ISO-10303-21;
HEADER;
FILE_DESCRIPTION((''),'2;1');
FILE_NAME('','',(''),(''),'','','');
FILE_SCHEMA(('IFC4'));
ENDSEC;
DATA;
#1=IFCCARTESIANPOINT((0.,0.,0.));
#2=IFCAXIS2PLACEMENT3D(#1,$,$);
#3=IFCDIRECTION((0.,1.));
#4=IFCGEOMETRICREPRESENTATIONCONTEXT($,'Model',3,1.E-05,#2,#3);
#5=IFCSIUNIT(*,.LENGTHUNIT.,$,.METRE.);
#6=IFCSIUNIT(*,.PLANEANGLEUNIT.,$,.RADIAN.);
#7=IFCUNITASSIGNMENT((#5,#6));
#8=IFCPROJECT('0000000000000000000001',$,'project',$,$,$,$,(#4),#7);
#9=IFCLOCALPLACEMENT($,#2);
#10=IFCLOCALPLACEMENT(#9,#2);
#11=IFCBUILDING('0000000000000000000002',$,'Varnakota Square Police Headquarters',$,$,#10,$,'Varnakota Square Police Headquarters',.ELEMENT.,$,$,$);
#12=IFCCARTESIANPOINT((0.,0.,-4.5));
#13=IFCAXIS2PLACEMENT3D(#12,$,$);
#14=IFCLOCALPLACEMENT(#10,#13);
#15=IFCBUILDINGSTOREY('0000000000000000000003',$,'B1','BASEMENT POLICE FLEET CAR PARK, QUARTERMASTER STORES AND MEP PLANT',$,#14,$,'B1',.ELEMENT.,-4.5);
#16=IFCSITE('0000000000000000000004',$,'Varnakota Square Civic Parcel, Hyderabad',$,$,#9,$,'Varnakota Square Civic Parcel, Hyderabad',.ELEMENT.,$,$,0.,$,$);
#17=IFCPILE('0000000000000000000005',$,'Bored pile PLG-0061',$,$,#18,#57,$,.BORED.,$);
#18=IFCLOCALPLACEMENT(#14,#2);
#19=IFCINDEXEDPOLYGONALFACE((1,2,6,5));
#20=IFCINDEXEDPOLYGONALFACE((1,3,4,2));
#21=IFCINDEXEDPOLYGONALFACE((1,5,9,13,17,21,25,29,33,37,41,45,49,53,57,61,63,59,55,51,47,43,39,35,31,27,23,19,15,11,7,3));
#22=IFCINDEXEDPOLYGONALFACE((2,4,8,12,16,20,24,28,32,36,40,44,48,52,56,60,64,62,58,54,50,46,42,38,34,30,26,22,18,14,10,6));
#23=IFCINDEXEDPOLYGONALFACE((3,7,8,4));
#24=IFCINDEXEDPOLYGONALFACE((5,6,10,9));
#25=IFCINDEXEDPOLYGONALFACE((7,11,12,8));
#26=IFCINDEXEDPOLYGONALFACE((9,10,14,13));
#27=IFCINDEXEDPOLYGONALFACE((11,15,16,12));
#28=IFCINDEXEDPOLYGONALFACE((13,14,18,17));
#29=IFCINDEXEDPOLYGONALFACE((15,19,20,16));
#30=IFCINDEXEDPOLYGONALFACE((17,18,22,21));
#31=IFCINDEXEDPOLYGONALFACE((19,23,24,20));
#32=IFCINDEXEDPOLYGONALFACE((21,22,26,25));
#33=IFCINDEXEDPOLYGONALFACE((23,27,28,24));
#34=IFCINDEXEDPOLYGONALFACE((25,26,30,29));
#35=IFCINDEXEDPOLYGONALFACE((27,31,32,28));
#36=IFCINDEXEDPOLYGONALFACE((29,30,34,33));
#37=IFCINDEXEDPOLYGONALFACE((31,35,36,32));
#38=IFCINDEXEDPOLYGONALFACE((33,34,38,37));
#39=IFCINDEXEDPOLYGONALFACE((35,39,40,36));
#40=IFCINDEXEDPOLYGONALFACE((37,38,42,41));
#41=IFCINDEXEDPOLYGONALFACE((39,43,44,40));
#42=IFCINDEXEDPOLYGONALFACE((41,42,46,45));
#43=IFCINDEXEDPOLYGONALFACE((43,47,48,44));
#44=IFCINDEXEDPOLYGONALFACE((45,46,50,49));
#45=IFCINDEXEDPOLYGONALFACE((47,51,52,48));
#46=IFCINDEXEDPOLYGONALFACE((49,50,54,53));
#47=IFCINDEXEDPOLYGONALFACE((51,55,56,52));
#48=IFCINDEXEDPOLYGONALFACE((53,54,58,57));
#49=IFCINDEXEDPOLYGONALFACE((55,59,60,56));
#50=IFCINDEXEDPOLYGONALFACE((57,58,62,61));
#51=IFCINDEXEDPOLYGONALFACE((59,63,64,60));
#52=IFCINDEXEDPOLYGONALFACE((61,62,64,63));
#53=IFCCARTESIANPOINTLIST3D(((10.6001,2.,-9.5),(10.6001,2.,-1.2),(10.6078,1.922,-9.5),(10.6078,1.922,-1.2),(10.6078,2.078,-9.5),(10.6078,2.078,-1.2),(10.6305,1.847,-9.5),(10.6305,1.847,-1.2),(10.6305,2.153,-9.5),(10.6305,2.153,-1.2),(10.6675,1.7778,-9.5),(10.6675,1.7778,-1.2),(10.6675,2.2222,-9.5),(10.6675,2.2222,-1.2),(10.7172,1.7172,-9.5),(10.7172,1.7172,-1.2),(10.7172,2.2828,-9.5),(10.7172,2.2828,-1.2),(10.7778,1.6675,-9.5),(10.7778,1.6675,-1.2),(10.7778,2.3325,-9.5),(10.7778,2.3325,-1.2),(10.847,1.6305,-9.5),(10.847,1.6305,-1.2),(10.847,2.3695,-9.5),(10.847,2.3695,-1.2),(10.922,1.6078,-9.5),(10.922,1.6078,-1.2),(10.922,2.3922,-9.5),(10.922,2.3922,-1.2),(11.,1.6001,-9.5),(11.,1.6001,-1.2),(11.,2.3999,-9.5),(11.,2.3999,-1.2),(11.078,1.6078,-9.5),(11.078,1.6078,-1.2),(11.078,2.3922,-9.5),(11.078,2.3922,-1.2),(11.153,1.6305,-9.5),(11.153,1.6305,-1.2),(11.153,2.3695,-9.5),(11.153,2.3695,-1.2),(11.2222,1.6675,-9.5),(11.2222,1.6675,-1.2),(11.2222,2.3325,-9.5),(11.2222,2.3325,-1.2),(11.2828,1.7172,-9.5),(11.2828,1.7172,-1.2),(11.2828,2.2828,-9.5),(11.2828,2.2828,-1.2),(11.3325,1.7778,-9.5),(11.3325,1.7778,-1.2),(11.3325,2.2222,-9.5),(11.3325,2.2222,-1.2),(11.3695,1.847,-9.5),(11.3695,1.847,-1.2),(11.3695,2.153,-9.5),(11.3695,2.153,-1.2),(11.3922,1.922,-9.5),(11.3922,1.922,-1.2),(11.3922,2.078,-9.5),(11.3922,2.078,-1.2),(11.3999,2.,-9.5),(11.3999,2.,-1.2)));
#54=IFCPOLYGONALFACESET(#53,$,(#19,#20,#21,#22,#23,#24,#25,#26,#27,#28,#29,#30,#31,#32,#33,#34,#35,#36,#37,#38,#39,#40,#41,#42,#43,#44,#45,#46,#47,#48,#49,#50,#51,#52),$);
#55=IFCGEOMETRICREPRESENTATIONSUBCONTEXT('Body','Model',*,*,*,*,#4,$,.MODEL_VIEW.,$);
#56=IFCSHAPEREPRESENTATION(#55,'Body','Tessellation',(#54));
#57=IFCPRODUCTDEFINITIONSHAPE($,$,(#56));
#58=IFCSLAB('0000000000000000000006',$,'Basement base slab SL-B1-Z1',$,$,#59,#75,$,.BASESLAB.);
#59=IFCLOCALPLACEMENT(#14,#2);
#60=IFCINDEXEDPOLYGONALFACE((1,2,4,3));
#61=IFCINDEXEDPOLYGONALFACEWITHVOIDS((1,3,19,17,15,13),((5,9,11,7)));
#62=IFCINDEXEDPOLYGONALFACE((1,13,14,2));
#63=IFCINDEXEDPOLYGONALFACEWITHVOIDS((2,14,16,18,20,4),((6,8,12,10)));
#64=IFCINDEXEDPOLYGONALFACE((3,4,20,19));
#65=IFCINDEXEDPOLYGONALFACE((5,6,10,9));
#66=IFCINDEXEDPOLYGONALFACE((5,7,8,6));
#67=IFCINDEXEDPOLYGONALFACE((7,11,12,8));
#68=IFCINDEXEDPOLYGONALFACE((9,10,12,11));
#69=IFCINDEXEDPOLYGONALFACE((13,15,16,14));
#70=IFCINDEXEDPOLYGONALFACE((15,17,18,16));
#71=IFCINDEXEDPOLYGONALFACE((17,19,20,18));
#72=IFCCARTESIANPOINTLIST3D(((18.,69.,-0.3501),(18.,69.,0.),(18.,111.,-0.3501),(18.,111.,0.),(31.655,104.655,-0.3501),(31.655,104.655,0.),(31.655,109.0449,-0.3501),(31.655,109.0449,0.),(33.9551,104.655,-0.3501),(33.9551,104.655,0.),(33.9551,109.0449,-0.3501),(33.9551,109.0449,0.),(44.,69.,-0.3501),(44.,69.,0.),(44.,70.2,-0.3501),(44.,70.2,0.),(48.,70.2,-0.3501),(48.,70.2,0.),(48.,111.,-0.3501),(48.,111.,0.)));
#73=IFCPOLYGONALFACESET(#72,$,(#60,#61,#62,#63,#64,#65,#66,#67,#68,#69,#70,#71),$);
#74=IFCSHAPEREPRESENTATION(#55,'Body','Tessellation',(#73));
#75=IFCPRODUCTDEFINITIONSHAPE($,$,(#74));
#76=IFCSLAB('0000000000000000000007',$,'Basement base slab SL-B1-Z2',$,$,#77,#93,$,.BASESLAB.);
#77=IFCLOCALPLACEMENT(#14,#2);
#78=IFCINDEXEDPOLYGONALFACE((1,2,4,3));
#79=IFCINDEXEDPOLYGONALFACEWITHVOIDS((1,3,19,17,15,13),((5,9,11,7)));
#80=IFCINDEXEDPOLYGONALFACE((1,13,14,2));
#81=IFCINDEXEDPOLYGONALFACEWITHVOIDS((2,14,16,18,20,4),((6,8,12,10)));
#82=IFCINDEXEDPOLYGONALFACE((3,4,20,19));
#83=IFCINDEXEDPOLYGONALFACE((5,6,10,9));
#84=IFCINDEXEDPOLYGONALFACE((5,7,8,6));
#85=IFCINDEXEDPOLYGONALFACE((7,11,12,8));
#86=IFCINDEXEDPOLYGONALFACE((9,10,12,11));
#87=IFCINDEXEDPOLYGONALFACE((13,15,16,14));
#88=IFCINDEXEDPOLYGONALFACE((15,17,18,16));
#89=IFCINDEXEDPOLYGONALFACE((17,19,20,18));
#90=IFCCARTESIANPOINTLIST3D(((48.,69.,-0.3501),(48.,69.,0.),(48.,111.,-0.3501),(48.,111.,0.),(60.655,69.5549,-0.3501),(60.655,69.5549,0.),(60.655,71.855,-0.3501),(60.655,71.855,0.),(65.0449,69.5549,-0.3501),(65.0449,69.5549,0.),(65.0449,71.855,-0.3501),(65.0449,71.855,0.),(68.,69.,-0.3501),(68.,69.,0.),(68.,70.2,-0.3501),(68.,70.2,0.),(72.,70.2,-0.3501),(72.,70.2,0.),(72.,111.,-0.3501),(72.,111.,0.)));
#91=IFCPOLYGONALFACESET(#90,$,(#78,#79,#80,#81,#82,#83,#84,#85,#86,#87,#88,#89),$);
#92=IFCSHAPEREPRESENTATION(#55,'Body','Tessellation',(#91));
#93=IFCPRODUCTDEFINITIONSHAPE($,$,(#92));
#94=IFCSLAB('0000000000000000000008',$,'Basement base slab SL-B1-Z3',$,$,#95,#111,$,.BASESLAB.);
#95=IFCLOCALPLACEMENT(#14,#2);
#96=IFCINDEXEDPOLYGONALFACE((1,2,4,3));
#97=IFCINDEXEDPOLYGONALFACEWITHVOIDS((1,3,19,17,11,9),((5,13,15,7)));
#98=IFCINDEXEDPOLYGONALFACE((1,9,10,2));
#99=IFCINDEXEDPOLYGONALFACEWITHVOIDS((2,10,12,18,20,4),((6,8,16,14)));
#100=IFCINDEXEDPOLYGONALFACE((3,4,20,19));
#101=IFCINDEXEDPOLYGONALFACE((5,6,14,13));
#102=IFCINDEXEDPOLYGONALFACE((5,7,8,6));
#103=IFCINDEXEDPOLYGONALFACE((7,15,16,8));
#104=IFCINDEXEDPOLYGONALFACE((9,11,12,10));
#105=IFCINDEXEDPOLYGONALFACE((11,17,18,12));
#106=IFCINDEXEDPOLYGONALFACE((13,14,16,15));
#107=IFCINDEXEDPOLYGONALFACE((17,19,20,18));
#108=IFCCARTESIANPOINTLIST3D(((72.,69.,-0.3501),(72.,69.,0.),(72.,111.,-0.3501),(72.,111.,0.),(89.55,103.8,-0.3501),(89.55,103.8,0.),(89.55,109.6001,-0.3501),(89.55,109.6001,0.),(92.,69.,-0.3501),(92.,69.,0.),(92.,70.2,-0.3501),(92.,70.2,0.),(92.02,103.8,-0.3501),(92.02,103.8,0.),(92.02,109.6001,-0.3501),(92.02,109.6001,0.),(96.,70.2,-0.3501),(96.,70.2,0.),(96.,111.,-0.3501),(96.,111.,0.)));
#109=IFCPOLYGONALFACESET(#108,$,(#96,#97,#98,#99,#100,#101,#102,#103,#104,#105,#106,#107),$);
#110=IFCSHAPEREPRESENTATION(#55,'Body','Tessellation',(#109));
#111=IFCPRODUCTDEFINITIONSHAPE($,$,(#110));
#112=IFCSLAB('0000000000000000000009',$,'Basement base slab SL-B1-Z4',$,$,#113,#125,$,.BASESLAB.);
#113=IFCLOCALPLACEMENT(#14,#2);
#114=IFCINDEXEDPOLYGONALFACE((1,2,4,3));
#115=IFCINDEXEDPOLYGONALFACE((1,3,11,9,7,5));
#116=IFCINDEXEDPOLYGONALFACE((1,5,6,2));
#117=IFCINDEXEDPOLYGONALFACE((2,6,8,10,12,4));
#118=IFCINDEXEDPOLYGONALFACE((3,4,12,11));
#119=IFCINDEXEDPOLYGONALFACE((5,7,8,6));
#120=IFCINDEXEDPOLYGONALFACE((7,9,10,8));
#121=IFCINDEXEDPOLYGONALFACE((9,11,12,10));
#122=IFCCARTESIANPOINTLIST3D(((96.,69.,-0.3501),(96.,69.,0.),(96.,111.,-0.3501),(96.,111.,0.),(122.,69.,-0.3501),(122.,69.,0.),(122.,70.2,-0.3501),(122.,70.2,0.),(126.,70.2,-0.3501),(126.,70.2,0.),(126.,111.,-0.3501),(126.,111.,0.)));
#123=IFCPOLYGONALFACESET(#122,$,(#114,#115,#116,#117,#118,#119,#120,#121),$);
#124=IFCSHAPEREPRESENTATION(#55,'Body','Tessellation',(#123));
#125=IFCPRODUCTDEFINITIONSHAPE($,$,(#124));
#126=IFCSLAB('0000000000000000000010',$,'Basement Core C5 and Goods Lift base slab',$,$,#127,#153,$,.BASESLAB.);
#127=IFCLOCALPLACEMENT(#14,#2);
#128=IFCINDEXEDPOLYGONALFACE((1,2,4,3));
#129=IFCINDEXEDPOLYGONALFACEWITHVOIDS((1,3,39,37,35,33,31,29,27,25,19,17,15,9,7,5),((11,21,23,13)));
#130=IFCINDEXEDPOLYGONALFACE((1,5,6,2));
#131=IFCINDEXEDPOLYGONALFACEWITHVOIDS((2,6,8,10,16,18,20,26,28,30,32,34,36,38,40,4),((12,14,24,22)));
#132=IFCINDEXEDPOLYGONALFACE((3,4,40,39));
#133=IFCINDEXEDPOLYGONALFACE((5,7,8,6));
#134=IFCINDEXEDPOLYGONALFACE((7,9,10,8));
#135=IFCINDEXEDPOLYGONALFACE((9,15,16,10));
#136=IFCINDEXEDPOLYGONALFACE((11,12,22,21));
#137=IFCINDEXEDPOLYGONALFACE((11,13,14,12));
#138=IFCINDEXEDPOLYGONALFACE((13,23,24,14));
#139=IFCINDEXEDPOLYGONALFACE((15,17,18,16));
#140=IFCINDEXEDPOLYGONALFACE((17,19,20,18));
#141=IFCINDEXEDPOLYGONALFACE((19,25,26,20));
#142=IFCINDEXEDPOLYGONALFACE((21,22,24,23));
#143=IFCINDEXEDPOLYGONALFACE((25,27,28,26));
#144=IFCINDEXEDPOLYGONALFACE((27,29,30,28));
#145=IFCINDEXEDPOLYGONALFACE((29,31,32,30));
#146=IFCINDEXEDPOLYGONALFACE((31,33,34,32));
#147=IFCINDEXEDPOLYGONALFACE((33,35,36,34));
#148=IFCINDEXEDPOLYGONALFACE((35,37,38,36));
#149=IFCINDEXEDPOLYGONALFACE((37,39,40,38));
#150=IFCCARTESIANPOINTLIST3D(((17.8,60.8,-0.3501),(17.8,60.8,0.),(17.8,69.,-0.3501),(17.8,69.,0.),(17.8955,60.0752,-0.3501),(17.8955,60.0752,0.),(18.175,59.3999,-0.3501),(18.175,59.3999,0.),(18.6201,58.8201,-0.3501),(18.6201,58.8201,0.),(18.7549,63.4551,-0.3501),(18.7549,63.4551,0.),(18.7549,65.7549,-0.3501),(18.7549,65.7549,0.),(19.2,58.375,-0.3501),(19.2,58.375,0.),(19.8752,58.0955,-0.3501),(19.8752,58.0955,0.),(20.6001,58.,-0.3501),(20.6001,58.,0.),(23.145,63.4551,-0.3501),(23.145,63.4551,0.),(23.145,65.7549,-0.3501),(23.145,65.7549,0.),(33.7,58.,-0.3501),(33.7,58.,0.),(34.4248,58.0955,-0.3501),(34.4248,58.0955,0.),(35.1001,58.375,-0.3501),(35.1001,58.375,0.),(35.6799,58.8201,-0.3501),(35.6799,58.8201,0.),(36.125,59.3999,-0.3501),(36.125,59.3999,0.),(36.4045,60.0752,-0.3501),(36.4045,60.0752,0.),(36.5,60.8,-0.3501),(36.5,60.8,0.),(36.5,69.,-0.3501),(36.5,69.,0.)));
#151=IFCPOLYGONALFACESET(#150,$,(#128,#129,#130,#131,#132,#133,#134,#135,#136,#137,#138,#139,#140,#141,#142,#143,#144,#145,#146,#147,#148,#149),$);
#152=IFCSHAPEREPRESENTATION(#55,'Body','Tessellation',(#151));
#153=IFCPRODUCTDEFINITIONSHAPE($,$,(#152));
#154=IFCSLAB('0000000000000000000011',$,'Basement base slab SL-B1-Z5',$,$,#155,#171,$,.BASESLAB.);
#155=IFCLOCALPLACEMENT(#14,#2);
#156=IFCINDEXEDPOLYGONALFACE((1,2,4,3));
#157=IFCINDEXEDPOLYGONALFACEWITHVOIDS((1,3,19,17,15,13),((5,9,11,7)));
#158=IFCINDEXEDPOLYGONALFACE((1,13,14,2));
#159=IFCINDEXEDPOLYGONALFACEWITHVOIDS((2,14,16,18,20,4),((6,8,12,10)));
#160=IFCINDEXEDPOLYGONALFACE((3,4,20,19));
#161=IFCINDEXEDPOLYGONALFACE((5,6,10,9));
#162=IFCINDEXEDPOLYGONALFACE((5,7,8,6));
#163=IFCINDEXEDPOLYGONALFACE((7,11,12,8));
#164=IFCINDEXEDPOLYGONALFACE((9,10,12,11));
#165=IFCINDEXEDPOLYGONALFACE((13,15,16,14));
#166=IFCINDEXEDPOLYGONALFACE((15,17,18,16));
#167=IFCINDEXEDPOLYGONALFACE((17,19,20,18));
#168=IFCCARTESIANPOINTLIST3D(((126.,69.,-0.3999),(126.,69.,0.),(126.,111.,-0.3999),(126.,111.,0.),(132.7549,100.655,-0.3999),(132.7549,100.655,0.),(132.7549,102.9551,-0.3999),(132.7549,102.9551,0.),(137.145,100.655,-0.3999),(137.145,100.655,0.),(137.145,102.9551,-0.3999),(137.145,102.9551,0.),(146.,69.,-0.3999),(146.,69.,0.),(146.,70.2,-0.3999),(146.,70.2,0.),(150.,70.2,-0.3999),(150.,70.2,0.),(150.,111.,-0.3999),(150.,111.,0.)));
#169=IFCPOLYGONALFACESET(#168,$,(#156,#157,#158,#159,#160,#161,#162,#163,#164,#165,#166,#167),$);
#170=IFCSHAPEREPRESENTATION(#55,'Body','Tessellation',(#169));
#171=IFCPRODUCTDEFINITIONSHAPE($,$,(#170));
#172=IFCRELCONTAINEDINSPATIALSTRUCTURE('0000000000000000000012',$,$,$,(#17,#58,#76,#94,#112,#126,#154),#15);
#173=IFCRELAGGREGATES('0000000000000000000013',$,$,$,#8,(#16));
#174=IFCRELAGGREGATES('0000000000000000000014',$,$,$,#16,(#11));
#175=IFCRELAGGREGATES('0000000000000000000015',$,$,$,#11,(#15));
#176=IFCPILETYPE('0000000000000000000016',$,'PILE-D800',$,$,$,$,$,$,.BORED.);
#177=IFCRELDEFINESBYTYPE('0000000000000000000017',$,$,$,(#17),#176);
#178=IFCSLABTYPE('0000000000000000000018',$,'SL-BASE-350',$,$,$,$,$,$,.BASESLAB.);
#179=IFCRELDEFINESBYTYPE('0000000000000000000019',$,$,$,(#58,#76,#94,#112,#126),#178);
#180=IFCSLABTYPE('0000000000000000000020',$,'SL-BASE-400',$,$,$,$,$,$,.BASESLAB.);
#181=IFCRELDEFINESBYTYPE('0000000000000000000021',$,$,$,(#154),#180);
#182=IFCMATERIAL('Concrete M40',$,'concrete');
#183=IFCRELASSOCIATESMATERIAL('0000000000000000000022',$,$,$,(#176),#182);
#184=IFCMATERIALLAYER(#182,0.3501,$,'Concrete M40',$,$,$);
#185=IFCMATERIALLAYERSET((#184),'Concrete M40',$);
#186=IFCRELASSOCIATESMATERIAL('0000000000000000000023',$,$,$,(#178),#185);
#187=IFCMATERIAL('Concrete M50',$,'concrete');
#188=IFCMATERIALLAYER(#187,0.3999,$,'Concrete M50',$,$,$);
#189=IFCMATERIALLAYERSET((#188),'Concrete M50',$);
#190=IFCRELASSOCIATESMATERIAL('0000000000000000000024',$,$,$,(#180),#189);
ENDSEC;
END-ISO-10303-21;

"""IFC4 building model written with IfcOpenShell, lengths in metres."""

from ifc_helpers import new_model, si_unit, direction, frame, origin, origin_2d, place, context, subcontext, project, spatial, polyline, circle, outline, extrude, material, layer, layer_set, material_profile, profile_set, type_object, element, save


model = new_model("IFC4")

# Units and contexts
model_context = context("Model", 3, precision=1e-05, world=origin(), true_north=direction((0.0, 1.0)))
body_context = subcontext(model_context, "Body", "Model", "MODEL_VIEW")
ifc_project = project(units=[si_unit("LENGTHUNIT", "METRE"), si_unit("PLANEANGLEUNIT", "RADIAN")], contexts=[model_context])

# Site, building, storey
site_placement = place(None, origin())
site = spatial("IfcSite", under=ifc_project, at=site_placement, Name="Varnakota Square Civic Parcel, Hyderabad", LongName="Varnakota Square Civic Parcel, Hyderabad", CompositionType="ELEMENT", RefElevation=0.0)
building_placement = place(site_placement, origin())
building = spatial("IfcBuilding", under=site, at=building_placement, Name="Varnakota Square Police Headquarters", LongName="Varnakota Square Police Headquarters", CompositionType="ELEMENT")
storey_placement = place(building_placement, frame((0.0, 0.0, -4.5)))
storey = spatial("IfcBuildingStorey", under=building, at=storey_placement, Name="B1", Description="BASEMENT POLICE FLEET CAR PARK, QUARTERMASTER STORES AND MEP PLANT", LongName="B1", CompositionType="ELEMENT", Elevation=-4.5)

# Pile
ifc_material_1 = material(Name="Concrete M40", Category="concrete")
ifc_material_profile = material_profile(ifc_material_1, circle(Radius=0.3999, at=origin_2d()), Name="BORED PILE 800")
ifc_profile_set = profile_set([ifc_material_profile], Name="Concrete M40")
pile_type = type_object("IfcPileType", Name="PILE-D800", PredefinedType="BORED", material=ifc_profile_set)
pile_placement = place(storey_placement, frame((11.0, 2.0, -1.2), z_axis=(0.0, 0.0, -1.0), x_axis=(1.0, 0.0, 0.0)))
element("IfcPile", 1, at=pile_placement, inside=storey, type_object=pile_type, Name="Bored pile PLG-0061", PredefinedType="BORED", context=body_context, shape_type="SweptSolid", body=[
    extrude(circle(Radius=0.3999, at=origin_2d()), origin(), (0.0, 0.0, 1.0), 8.3),
])

# Slabs
ifc_layer_1 = layer(ifc_material_1, 0.3501, Name="Concrete M40")
ifc_layer_set_1 = layer_set([ifc_layer_1], Name="Concrete M40")
slab_type_1 = type_object("IfcSlabType", Name="SL-BASE-350", PredefinedType="BASESLAB", material=ifc_layer_set_1)
slab_1_placement = place(storey_placement, frame((0.0, 0.0, -0.3501)))
element("IfcSlab", 2, at=slab_1_placement, inside=storey, type_object=slab_type_1, Name="Basement base slab SL-B1-Z1", PredefinedType="BASESLAB", context=body_context, shape_type="SweptSolid", body=[
    extrude(outline(polyline([(18.0, 69.0), (44.0, 69.0), (44.0, 70.2), (48.0, 70.2), (48.0, 111.0), (18.0, 111.0), (18.0, 69.0)]), holes=[polyline([(31.655, 104.655), (33.9551, 104.655), (33.9551, 109.0449), (31.655, 109.0449), (31.655, 104.655)])]), origin(), (0.0, 0.0, 1.0), 0.3501),
])
slab_2_placement = place(storey_placement, frame((0.0, 0.0, -0.3501)))
element("IfcSlab", 3, at=slab_2_placement, inside=storey, type_object=slab_type_1, Name="Basement base slab SL-B1-Z2", PredefinedType="BASESLAB", context=body_context, shape_type="SweptSolid", body=[
    extrude(outline(polyline([(48.0, 69.0), (68.0, 69.0), (68.0, 70.2), (72.0, 70.2), (72.0, 111.0), (48.0, 111.0), (48.0, 69.0)]), holes=[polyline([(60.655, 69.5549), (65.0449, 69.5549), (65.0449, 71.855), (60.655, 71.855), (60.655, 69.5549)])]), origin(), (0.0, 0.0, 1.0), 0.3501),
])
slab_3_placement = place(storey_placement, frame((0.0, 0.0, -0.3501)))
element("IfcSlab", 4, at=slab_3_placement, inside=storey, type_object=slab_type_1, Name="Basement base slab SL-B1-Z3", PredefinedType="BASESLAB", context=body_context, shape_type="SweptSolid", body=[
    extrude(outline(polyline([(72.0, 69.0), (92.0, 69.0), (92.0, 70.2), (96.0, 70.2), (96.0, 111.0), (72.0, 111.0), (72.0, 69.0)]), holes=[polyline([(89.55, 103.8), (92.02, 103.8), (92.02, 109.6001), (89.55, 109.6001), (89.55, 103.8)])]), origin(), (0.0, 0.0, 1.0), 0.3501),
])
slab_4_placement = place(storey_placement, frame((0.0, 0.0, -0.3501)))
element("IfcSlab", 5, at=slab_4_placement, inside=storey, type_object=slab_type_1, Name="Basement base slab SL-B1-Z4", PredefinedType="BASESLAB", context=body_context, shape_type="SweptSolid", body=[
    extrude(outline(polyline([(96.0, 69.0), (122.0, 69.0), (122.0, 70.2), (126.0, 70.2), (126.0, 111.0), (96.0, 111.0), (96.0, 69.0)])), origin(), (0.0, 0.0, 1.0), 0.3501),
])
slab_5_placement = place(storey_placement, frame((0.0, 0.0, -0.3501)))
element("IfcSlab", 6, at=slab_5_placement, inside=storey, type_object=slab_type_1, Name="Basement Core C5 and Goods Lift base slab", PredefinedType="BASESLAB", context=body_context, shape_type="SweptSolid", body=[
    extrude(outline(polyline([(17.8, 60.8), (17.8955, 60.0752), (18.175, 59.3999), (18.6201, 58.8201), (19.2, 58.375), (19.8752, 58.0955), (20.6001, 58.0), (33.7, 58.0), (34.4248, 58.0955), (35.1001, 58.375), (35.6799, 58.8201), (36.125, 59.3999), (36.4045, 60.0752), (36.5, 60.8), (36.5, 69.0), (17.8, 69.0), (17.8, 60.8)]), holes=[polyline([(18.7549, 63.4551), (23.145, 63.4551), (23.145, 65.7549), (18.7549, 65.7549), (18.7549, 63.4551)])]), origin(), (0.0, 0.0, 1.0), 0.3501),
])
ifc_material_2 = material(Name="Concrete M50", Category="concrete")
ifc_layer_2 = layer(ifc_material_2, 0.3999, Name="Concrete M50")
ifc_layer_set_2 = layer_set([ifc_layer_2], Name="Concrete M50")
slab_type_2 = type_object("IfcSlabType", Name="SL-BASE-400", PredefinedType="BASESLAB", material=ifc_layer_set_2)
slab_6_placement = place(storey_placement, frame((0.0, 0.0, -0.3999)))
element("IfcSlab", 7, at=slab_6_placement, inside=storey, type_object=slab_type_2, Name="Basement base slab SL-B1-Z5", PredefinedType="BASESLAB", context=body_context, shape_type="SweptSolid", body=[
    extrude(outline(polyline([(126.0, 69.0), (146.0, 69.0), (146.0, 70.2), (150.0, 70.2), (150.0, 111.0), (126.0, 111.0), (126.0, 69.0)]), holes=[polyline([(132.7549, 100.655), (137.145, 100.655), (137.145, 102.9551), (132.7549, 102.9551), (132.7549, 100.655)])]), origin(), (0.0, 0.0, 1.0), 0.3999),
])

save(model, "model.ifc")
